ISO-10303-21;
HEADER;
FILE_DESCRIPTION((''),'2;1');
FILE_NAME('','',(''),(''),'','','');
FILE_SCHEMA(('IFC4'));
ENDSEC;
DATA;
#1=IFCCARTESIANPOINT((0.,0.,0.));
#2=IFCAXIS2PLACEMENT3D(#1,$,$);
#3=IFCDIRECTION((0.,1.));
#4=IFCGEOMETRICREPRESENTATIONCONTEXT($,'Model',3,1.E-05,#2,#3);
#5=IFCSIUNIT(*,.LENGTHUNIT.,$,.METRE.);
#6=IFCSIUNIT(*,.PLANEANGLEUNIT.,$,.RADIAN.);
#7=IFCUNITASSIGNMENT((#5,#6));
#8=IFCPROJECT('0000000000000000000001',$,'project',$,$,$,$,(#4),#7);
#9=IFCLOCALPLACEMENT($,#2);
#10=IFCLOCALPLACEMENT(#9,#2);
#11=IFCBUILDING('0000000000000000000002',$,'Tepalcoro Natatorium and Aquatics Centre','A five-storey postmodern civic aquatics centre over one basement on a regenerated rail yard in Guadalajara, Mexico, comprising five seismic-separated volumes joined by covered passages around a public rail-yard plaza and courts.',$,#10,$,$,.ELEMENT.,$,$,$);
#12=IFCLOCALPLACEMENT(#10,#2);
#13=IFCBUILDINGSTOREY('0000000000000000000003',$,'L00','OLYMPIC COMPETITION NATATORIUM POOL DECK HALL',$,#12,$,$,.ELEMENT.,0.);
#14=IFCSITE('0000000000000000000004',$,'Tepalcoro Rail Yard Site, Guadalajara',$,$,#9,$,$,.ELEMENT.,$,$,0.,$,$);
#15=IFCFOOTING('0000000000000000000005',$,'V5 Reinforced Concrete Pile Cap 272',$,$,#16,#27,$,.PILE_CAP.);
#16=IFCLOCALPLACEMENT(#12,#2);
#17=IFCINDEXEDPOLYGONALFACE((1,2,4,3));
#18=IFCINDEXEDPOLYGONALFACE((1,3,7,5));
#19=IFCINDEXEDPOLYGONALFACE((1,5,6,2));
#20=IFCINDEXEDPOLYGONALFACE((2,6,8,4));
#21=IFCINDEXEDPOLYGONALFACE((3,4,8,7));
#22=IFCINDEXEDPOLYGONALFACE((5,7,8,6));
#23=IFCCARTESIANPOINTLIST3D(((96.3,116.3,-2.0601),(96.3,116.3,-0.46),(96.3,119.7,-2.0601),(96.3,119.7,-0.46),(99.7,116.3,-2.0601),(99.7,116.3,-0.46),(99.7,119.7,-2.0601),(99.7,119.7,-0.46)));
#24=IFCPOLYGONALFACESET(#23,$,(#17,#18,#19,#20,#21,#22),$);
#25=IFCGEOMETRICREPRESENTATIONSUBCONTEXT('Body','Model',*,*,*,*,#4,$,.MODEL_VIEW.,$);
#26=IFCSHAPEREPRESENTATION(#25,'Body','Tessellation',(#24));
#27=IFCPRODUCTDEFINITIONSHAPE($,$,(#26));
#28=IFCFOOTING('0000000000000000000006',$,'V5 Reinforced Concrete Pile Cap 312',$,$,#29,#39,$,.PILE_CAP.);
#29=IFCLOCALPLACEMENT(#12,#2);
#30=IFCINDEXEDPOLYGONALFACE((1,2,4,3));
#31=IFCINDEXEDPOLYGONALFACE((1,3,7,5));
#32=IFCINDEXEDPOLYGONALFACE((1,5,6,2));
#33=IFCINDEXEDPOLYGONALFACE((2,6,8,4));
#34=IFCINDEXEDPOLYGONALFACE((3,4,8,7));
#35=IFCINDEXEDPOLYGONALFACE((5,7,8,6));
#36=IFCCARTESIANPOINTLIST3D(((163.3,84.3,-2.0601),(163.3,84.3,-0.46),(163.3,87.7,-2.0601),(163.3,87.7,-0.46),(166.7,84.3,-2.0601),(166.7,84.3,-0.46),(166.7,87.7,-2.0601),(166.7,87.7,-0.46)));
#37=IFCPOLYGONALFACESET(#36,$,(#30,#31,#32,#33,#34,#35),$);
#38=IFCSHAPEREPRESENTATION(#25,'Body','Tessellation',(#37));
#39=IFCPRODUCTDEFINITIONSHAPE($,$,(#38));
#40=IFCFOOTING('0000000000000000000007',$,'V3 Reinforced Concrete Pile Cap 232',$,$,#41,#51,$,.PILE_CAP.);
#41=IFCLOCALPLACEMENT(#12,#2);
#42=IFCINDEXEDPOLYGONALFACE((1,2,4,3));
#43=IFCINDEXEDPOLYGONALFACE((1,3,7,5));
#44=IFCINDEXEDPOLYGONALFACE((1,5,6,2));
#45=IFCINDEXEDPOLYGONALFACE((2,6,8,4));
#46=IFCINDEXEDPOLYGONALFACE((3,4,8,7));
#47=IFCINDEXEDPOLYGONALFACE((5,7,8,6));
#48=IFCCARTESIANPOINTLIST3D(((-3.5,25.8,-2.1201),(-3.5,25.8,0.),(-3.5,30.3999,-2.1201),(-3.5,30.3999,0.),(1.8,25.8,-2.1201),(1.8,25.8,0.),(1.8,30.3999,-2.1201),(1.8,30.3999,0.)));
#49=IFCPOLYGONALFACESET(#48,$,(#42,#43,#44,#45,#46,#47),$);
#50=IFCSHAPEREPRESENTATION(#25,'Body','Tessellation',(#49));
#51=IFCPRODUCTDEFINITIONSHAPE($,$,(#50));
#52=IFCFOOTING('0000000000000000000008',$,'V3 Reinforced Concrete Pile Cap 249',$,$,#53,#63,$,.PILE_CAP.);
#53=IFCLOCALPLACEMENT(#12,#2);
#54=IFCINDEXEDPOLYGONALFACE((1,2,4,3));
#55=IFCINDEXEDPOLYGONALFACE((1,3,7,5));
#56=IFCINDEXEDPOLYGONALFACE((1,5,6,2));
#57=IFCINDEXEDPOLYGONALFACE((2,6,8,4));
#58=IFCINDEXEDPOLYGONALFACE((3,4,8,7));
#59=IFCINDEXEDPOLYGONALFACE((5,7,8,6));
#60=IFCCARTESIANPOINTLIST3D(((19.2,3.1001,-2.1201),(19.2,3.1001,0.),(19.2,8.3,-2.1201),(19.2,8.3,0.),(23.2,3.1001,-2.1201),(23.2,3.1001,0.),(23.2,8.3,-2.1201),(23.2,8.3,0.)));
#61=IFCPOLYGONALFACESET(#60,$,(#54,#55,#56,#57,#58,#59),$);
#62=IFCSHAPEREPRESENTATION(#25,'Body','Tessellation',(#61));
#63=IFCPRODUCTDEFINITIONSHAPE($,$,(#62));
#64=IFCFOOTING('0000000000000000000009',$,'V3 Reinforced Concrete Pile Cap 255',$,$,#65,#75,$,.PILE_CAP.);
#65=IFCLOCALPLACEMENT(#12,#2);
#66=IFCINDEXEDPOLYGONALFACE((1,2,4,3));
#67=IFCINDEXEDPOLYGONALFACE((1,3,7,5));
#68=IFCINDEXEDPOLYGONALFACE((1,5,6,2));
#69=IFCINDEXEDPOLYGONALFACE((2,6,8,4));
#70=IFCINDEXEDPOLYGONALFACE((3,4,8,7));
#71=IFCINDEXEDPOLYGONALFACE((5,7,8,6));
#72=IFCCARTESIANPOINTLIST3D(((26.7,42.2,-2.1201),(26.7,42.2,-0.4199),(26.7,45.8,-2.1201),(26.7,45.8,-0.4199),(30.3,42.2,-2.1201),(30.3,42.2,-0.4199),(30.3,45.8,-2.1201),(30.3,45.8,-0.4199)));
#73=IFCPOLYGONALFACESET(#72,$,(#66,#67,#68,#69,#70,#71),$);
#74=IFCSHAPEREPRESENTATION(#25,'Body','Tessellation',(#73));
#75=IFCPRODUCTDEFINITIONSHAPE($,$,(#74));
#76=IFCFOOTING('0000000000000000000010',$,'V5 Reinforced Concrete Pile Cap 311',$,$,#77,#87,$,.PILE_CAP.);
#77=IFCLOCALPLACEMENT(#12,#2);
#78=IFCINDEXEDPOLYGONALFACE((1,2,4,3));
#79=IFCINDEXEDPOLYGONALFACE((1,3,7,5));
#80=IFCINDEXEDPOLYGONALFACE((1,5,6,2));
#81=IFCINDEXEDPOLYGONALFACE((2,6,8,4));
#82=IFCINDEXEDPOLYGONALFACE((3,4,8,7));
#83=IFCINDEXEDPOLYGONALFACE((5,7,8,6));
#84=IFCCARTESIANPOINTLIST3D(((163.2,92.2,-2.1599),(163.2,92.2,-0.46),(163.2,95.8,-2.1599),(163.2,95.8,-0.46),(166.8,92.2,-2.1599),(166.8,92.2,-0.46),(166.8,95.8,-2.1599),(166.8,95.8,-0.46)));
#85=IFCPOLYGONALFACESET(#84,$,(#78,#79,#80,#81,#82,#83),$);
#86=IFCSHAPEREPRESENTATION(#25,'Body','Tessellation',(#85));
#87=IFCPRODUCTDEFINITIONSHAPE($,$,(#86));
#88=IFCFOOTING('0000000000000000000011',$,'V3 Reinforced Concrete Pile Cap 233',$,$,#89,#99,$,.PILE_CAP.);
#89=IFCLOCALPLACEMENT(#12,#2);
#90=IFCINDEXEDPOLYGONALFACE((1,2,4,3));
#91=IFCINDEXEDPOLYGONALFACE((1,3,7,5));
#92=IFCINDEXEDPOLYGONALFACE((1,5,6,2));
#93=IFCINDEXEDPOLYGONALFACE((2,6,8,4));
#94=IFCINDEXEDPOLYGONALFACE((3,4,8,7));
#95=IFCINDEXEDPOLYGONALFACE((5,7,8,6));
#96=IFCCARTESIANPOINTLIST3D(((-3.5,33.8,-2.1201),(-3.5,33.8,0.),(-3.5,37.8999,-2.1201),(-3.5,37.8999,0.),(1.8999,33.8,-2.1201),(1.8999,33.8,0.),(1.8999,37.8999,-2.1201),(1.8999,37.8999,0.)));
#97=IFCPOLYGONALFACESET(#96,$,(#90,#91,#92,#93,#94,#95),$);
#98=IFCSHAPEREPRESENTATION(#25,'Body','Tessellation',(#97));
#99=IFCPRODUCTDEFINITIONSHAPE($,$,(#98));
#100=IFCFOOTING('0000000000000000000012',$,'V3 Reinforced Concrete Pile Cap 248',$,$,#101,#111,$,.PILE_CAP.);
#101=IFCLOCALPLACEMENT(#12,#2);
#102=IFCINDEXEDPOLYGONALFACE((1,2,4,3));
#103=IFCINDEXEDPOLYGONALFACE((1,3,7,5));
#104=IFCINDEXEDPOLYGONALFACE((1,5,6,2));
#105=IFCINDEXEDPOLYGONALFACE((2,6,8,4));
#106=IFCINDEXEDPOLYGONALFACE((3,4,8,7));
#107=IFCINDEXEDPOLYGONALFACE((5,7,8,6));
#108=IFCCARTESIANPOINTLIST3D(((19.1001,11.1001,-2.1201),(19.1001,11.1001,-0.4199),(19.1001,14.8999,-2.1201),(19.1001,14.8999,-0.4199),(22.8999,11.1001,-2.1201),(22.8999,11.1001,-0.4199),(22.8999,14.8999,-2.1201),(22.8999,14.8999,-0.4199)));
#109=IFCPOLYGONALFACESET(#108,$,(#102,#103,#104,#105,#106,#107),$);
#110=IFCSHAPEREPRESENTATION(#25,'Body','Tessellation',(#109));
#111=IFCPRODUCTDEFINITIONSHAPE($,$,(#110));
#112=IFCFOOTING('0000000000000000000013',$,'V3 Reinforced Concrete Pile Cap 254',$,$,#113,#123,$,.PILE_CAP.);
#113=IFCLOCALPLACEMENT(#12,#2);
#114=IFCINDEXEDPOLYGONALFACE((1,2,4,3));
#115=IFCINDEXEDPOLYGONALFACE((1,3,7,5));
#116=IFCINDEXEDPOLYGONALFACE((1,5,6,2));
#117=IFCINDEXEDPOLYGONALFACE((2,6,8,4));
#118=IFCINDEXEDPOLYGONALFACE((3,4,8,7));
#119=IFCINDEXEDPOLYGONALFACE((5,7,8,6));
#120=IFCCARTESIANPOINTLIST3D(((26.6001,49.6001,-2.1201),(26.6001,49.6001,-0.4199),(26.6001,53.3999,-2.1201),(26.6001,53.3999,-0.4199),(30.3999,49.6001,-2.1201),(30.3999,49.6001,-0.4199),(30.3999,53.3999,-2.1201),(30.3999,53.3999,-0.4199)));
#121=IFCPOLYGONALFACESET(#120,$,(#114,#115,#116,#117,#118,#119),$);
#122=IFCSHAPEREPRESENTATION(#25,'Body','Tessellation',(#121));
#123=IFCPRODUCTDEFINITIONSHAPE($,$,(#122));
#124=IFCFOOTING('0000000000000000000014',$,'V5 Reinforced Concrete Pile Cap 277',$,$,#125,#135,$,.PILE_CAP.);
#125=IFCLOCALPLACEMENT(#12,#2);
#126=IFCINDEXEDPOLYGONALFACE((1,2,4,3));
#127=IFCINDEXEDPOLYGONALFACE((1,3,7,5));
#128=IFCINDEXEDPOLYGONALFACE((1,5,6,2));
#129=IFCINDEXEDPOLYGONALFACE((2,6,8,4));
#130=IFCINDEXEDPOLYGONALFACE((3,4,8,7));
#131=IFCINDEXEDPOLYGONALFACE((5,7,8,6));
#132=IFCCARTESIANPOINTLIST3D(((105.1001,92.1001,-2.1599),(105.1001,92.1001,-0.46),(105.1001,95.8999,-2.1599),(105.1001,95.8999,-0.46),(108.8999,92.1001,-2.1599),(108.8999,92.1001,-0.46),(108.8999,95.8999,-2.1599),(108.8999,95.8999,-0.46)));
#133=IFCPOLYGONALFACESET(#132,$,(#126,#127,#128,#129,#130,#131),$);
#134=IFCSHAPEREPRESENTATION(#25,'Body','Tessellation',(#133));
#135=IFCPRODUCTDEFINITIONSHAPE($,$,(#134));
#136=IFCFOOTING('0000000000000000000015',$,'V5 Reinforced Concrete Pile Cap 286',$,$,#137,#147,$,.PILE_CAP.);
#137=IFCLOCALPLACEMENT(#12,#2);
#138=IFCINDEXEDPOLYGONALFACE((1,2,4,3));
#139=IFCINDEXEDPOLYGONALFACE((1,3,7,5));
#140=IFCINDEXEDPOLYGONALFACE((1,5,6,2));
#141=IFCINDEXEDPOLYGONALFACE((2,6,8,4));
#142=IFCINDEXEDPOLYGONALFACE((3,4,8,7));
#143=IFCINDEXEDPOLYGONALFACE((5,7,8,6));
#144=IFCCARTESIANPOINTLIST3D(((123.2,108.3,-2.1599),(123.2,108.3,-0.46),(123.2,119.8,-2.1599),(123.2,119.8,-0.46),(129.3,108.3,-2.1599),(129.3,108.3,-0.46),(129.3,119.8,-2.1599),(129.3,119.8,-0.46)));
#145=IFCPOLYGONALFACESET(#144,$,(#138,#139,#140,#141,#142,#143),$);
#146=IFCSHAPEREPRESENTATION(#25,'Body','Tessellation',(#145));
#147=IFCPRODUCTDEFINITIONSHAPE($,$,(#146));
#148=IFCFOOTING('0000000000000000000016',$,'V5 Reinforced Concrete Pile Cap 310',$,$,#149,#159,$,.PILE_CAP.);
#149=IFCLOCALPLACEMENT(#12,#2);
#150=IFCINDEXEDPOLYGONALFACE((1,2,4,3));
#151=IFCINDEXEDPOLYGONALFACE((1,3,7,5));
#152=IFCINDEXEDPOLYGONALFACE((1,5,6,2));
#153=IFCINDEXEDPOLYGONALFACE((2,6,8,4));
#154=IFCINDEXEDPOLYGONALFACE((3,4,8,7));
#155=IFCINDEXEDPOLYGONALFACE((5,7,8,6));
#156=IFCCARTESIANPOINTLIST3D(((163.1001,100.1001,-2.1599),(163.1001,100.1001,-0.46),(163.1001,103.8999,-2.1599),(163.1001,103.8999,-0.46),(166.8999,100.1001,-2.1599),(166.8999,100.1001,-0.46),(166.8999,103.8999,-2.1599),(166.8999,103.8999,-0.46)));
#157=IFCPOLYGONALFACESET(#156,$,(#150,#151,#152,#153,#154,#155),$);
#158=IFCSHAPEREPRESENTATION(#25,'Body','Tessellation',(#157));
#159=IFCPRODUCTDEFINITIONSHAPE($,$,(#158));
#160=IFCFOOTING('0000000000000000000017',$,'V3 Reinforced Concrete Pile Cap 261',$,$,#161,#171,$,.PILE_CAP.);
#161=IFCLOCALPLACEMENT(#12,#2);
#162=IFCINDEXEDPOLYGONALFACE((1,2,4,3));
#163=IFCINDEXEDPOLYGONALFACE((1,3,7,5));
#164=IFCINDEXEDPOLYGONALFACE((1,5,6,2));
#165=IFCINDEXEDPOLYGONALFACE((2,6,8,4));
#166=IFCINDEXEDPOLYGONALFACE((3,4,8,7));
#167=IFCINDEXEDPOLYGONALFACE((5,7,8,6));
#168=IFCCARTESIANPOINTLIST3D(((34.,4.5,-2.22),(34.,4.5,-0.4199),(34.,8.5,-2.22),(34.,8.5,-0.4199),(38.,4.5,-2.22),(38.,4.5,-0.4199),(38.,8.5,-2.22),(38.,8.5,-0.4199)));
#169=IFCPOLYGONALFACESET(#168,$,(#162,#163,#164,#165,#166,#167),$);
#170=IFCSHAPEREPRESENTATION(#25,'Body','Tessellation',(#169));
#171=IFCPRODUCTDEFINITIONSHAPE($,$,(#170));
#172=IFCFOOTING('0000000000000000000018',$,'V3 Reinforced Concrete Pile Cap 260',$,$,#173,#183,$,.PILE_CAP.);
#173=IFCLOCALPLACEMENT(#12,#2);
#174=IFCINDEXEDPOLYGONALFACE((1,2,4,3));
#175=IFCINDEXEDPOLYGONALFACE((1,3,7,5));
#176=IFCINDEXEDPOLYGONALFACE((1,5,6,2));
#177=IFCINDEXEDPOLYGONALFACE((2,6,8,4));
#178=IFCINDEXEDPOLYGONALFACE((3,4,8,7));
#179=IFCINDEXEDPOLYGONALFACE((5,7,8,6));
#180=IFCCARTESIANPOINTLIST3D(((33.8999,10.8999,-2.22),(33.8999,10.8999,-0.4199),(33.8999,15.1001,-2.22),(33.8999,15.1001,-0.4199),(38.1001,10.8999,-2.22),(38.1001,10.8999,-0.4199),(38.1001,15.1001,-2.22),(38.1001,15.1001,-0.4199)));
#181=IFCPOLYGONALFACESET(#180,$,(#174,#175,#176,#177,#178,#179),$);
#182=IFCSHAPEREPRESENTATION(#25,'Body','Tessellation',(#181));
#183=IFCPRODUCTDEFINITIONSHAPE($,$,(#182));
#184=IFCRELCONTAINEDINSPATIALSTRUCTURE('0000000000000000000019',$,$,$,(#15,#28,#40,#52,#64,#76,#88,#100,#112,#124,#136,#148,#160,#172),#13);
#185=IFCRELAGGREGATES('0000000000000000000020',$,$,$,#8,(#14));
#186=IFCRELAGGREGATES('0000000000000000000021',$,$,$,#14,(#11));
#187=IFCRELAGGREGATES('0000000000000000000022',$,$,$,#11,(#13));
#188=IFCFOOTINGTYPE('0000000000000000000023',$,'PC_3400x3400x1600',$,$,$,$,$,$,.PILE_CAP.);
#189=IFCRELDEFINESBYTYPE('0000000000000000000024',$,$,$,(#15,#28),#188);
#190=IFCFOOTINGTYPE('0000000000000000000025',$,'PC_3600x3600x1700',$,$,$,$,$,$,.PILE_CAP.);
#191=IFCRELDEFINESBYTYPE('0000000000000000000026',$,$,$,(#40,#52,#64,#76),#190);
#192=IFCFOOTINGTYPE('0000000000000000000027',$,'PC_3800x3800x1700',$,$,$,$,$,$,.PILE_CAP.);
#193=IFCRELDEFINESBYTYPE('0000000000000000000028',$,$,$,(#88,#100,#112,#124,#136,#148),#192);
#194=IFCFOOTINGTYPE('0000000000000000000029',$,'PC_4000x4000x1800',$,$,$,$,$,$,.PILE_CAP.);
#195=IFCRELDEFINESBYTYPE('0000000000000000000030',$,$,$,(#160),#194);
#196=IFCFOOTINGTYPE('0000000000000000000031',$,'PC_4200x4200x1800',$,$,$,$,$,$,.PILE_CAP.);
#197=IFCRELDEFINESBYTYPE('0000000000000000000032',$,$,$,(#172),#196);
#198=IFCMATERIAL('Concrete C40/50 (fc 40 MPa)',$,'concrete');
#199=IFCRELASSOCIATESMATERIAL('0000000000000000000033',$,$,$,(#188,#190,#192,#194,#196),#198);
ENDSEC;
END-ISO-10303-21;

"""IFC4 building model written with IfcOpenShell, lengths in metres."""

from ifc_helpers import new_model, si_unit, direction, frame, origin, place, context, subcontext, project, spatial, polyline, outline, extrude, material, type_object, element, save


model = new_model("IFC4")

# Units and contexts
model_context = context("Model", 3, precision=1e-05, world=origin(), true_north=direction((0.0, 1.0)))
body_context = subcontext(model_context, "Body", "Model", "MODEL_VIEW")
ifc_project = project(units=[si_unit("LENGTHUNIT", "METRE"), si_unit("PLANEANGLEUNIT", "RADIAN")], contexts=[model_context])

# Site, building, storey
site_placement = place(None, origin())
site = spatial("IfcSite", under=ifc_project, at=site_placement, Name="Tepalcoro Rail Yard Site, Guadalajara", CompositionType="ELEMENT", RefElevation=0.0)
building_placement = place(site_placement, origin())
building = spatial("IfcBuilding", under=site, at=building_placement, Name="Tepalcoro Natatorium and Aquatics Centre", Description="A five-storey postmodern civic aquatics centre over one basement on a regenerated rail yard in Guadalajara, Mexico, comprising five seismic-separated volumes joined by covered passages around a public rail-yard plaza and courts.", CompositionType="ELEMENT")
storey_placement = place(building_placement, origin())
storey = spatial("IfcBuildingStorey", under=building, at=storey_placement, Name="L00", Description="OLYMPIC COMPETITION NATATORIUM POOL DECK HALL", CompositionType="ELEMENT", Elevation=0.0)

# Footings
ifc_material = material(Name="Concrete C40/50 (fc 40 MPa)", Category="concrete")
footing_type_1 = type_object("IfcFootingType", Name="PC_3400x3400x1600", PredefinedType="PILE_CAP", material=ifc_material)
footing_1_placement = place(storey_placement, frame((0.0, 0.0, -2.0601)))
element("IfcFooting", 1, at=footing_1_placement, inside=storey, type_object=footing_type_1, Name="V5 Reinforced Concrete Pile Cap 272", PredefinedType="PILE_CAP", context=body_context, shape_type="SweptSolid", body=[
    extrude(outline(polyline([(96.3, 116.3), (99.7, 116.3), (99.7, 119.7), (96.3, 119.7), (96.3, 116.3)])), origin(), (0.0, 0.0, 1.0), 1.6001),
])
footing_2_placement = place(storey_placement, frame((0.0, 0.0, -2.0601)))
element("IfcFooting", 2, at=footing_2_placement, inside=storey, type_object=footing_type_1, Name="V5 Reinforced Concrete Pile Cap 312", PredefinedType="PILE_CAP", context=body_context, shape_type="SweptSolid", body=[
    extrude(outline(polyline([(163.3, 84.3), (166.7, 84.3), (166.7, 87.7), (163.3, 87.7), (163.3, 84.3)])), origin(), (0.0, 0.0, 1.0), 1.6001),
])
footing_type_2 = type_object("IfcFootingType", Name="PC_3600x3600x1700", PredefinedType="PILE_CAP", material=ifc_material)
footing_3_placement = place(storey_placement, frame((0.0, 0.0, -2.1201)))
element("IfcFooting", 3, at=footing_3_placement, inside=storey, type_object=footing_type_2, Name="V3 Reinforced Concrete Pile Cap 232", PredefinedType="PILE_CAP", context=body_context, shape_type="SweptSolid", body=[
    extrude(outline(polyline([(-3.5, 25.8), (1.8, 25.8), (1.8, 30.3999), (-3.5, 30.3999), (-3.5, 25.8)])), origin(), (0.0, 0.0, 1.0), 2.1201),
])
footing_4_placement = place(storey_placement, frame((0.0, 0.0, -2.1201)))
element("IfcFooting", 4, at=footing_4_placement, inside=storey, type_object=footing_type_2, Name="V3 Reinforced Concrete Pile Cap 249", PredefinedType="PILE_CAP", context=body_context, shape_type="SweptSolid", body=[
    extrude(outline(polyline([(19.2, 3.1001), (23.2, 3.1001), (23.2, 8.3), (19.2, 8.3), (19.2, 3.1001)])), origin(), (0.0, 0.0, 1.0), 2.1201),
])
footing_5_placement = place(storey_placement, frame((0.0, 0.0, -2.1201)))
element("IfcFooting", 5, at=footing_5_placement, inside=storey, type_object=footing_type_2, Name="V3 Reinforced Concrete Pile Cap 255", PredefinedType="PILE_CAP", context=body_context, shape_type="SweptSolid", body=[
    extrude(outline(polyline([(26.7, 42.2), (30.3, 42.2), (30.3, 45.8), (26.7, 45.8), (26.7, 42.2)])), origin(), (0.0, 0.0, 1.0), 1.7002),
])
footing_6_placement = place(storey_placement, frame((0.0, 0.0, -2.1599)))
element("IfcFooting", 6, at=footing_6_placement, inside=storey, type_object=footing_type_2, Name="V5 Reinforced Concrete Pile Cap 311", PredefinedType="PILE_CAP", context=body_context, shape_type="SweptSolid", body=[
    extrude(outline(polyline([(163.2, 92.2), (166.8, 92.2), (166.8, 95.8), (163.2, 95.8), (163.2, 92.2)])), origin(), (0.0, 0.0, 1.0), 1.7),
])
footing_type_3 = type_object("IfcFootingType", Name="PC_3800x3800x1700", PredefinedType="PILE_CAP", material=ifc_material)
footing_7_placement = place(storey_placement, frame((0.0, 0.0, -2.1201)))
element("IfcFooting", 7, at=footing_7_placement, inside=storey, type_object=footing_type_3, Name="V3 Reinforced Concrete Pile Cap 233", PredefinedType="PILE_CAP", context=body_context, shape_type="SweptSolid", body=[
    extrude(outline(polyline([(-3.5, 33.8), (1.8999, 33.8), (1.8999, 37.8999), (-3.5, 37.8999), (-3.5, 33.8)])), origin(), (0.0, 0.0, 1.0), 2.1201),
])
footing_8_placement = place(storey_placement, frame((0.0, 0.0, -2.1201)))
element("IfcFooting", 8, at=footing_8_placement, inside=storey, type_object=footing_type_3, Name="V3 Reinforced Concrete Pile Cap 248", PredefinedType="PILE_CAP", context=body_context, shape_type="SweptSolid", body=[
    extrude(outline(polyline([(19.1001, 11.1001), (22.8999, 11.1001), (22.8999, 14.8999), (19.1001, 14.8999), (19.1001, 11.1001)])), origin(), (0.0, 0.0, 1.0), 1.7002),
])
footing_9_placement = place(storey_placement, frame((0.0, 0.0, -2.1201)))
element("IfcFooting", 9, at=footing_9_placement, inside=storey, type_object=footing_type_3, Name="V3 Reinforced Concrete Pile Cap 254", PredefinedType="PILE_CAP", context=body_context, shape_type="SweptSolid", body=[
    extrude(outline(polyline([(26.6001, 49.6001), (30.3999, 49.6001), (30.3999, 53.3999), (26.6001, 53.3999), (26.6001, 49.6001)])), origin(), (0.0, 0.0, 1.0), 1.7002),
])
footing_10_placement = place(storey_placement, frame((0.0, 0.0, -2.1599)))
element("IfcFooting", 10, at=footing_10_placement, inside=storey, type_object=footing_type_3, Name="V5 Reinforced Concrete Pile Cap 277", PredefinedType="PILE_CAP", context=body_context, shape_type="SweptSolid", body=[
    extrude(outline(polyline([(105.1001, 92.1001), (108.8999, 92.1001), (108.8999, 95.8999), (105.1001, 95.8999), (105.1001, 92.1001)])), origin(), (0.0, 0.0, 1.0), 1.7),
])
footing_11_placement = place(storey_placement, frame((0.0, 0.0, -2.1599)))
element("IfcFooting", 11, at=footing_11_placement, inside=storey, type_object=footing_type_3, Name="V5 Reinforced Concrete Pile Cap 286", PredefinedType="PILE_CAP", context=body_context, shape_type="SweptSolid", body=[
    extrude(outline(polyline([(123.2, 108.3), (129.3, 108.3), (129.3, 119.8), (123.2, 119.8), (123.2, 108.3)])), origin(), (0.0, 0.0, 1.0), 1.7),
])
footing_12_placement = place(storey_placement, frame((0.0, 0.0, -2.1599)))
element("IfcFooting", 12, at=footing_12_placement, inside=storey, type_object=footing_type_3, Name="V5 Reinforced Concrete Pile Cap 310", PredefinedType="PILE_CAP", context=body_context, shape_type="SweptSolid", body=[
    extrude(outline(polyline([(163.1001, 100.1001), (166.8999, 100.1001), (166.8999, 103.8999), (163.1001, 103.8999), (163.1001, 100.1001)])), origin(), (0.0, 0.0, 1.0), 1.7),
])
footing_type_4 = type_object("IfcFootingType", Name="PC_4000x4000x1800", PredefinedType="PILE_CAP", material=ifc_material)
footing_13_placement = place(storey_placement, frame((0.0, 0.0, -2.22)))
element("IfcFooting", 13, at=footing_13_placement, inside=storey, type_object=footing_type_4, Name="V3 Reinforced Concrete Pile Cap 261", PredefinedType="PILE_CAP", context=body_context, shape_type="SweptSolid", body=[
    extrude(outline(polyline([(34.0, 4.5), (38.0, 4.5), (38.0, 8.5), (34.0, 8.5), (34.0, 4.5)])), origin(), (0.0, 0.0, 1.0), 1.8),
])
footing_type_5 = type_object("IfcFootingType", Name="PC_4200x4200x1800", PredefinedType="PILE_CAP", material=ifc_material)
footing_14_placement = place(storey_placement, frame((0.0, 0.0, -2.22)))
element("IfcFooting", 14, at=footing_14_placement, inside=storey, type_object=footing_type_5, Name="V3 Reinforced Concrete Pile Cap 260", PredefinedType="PILE_CAP", context=body_context, shape_type="SweptSolid", body=[
    extrude(outline(polyline([(33.8999, 10.8999), (38.1001, 10.8999), (38.1001, 15.1001), (33.8999, 15.1001), (33.8999, 10.8999)])), origin(), (0.0, 0.0, 1.0), 1.8),
])

save(model, "model.ifc")
